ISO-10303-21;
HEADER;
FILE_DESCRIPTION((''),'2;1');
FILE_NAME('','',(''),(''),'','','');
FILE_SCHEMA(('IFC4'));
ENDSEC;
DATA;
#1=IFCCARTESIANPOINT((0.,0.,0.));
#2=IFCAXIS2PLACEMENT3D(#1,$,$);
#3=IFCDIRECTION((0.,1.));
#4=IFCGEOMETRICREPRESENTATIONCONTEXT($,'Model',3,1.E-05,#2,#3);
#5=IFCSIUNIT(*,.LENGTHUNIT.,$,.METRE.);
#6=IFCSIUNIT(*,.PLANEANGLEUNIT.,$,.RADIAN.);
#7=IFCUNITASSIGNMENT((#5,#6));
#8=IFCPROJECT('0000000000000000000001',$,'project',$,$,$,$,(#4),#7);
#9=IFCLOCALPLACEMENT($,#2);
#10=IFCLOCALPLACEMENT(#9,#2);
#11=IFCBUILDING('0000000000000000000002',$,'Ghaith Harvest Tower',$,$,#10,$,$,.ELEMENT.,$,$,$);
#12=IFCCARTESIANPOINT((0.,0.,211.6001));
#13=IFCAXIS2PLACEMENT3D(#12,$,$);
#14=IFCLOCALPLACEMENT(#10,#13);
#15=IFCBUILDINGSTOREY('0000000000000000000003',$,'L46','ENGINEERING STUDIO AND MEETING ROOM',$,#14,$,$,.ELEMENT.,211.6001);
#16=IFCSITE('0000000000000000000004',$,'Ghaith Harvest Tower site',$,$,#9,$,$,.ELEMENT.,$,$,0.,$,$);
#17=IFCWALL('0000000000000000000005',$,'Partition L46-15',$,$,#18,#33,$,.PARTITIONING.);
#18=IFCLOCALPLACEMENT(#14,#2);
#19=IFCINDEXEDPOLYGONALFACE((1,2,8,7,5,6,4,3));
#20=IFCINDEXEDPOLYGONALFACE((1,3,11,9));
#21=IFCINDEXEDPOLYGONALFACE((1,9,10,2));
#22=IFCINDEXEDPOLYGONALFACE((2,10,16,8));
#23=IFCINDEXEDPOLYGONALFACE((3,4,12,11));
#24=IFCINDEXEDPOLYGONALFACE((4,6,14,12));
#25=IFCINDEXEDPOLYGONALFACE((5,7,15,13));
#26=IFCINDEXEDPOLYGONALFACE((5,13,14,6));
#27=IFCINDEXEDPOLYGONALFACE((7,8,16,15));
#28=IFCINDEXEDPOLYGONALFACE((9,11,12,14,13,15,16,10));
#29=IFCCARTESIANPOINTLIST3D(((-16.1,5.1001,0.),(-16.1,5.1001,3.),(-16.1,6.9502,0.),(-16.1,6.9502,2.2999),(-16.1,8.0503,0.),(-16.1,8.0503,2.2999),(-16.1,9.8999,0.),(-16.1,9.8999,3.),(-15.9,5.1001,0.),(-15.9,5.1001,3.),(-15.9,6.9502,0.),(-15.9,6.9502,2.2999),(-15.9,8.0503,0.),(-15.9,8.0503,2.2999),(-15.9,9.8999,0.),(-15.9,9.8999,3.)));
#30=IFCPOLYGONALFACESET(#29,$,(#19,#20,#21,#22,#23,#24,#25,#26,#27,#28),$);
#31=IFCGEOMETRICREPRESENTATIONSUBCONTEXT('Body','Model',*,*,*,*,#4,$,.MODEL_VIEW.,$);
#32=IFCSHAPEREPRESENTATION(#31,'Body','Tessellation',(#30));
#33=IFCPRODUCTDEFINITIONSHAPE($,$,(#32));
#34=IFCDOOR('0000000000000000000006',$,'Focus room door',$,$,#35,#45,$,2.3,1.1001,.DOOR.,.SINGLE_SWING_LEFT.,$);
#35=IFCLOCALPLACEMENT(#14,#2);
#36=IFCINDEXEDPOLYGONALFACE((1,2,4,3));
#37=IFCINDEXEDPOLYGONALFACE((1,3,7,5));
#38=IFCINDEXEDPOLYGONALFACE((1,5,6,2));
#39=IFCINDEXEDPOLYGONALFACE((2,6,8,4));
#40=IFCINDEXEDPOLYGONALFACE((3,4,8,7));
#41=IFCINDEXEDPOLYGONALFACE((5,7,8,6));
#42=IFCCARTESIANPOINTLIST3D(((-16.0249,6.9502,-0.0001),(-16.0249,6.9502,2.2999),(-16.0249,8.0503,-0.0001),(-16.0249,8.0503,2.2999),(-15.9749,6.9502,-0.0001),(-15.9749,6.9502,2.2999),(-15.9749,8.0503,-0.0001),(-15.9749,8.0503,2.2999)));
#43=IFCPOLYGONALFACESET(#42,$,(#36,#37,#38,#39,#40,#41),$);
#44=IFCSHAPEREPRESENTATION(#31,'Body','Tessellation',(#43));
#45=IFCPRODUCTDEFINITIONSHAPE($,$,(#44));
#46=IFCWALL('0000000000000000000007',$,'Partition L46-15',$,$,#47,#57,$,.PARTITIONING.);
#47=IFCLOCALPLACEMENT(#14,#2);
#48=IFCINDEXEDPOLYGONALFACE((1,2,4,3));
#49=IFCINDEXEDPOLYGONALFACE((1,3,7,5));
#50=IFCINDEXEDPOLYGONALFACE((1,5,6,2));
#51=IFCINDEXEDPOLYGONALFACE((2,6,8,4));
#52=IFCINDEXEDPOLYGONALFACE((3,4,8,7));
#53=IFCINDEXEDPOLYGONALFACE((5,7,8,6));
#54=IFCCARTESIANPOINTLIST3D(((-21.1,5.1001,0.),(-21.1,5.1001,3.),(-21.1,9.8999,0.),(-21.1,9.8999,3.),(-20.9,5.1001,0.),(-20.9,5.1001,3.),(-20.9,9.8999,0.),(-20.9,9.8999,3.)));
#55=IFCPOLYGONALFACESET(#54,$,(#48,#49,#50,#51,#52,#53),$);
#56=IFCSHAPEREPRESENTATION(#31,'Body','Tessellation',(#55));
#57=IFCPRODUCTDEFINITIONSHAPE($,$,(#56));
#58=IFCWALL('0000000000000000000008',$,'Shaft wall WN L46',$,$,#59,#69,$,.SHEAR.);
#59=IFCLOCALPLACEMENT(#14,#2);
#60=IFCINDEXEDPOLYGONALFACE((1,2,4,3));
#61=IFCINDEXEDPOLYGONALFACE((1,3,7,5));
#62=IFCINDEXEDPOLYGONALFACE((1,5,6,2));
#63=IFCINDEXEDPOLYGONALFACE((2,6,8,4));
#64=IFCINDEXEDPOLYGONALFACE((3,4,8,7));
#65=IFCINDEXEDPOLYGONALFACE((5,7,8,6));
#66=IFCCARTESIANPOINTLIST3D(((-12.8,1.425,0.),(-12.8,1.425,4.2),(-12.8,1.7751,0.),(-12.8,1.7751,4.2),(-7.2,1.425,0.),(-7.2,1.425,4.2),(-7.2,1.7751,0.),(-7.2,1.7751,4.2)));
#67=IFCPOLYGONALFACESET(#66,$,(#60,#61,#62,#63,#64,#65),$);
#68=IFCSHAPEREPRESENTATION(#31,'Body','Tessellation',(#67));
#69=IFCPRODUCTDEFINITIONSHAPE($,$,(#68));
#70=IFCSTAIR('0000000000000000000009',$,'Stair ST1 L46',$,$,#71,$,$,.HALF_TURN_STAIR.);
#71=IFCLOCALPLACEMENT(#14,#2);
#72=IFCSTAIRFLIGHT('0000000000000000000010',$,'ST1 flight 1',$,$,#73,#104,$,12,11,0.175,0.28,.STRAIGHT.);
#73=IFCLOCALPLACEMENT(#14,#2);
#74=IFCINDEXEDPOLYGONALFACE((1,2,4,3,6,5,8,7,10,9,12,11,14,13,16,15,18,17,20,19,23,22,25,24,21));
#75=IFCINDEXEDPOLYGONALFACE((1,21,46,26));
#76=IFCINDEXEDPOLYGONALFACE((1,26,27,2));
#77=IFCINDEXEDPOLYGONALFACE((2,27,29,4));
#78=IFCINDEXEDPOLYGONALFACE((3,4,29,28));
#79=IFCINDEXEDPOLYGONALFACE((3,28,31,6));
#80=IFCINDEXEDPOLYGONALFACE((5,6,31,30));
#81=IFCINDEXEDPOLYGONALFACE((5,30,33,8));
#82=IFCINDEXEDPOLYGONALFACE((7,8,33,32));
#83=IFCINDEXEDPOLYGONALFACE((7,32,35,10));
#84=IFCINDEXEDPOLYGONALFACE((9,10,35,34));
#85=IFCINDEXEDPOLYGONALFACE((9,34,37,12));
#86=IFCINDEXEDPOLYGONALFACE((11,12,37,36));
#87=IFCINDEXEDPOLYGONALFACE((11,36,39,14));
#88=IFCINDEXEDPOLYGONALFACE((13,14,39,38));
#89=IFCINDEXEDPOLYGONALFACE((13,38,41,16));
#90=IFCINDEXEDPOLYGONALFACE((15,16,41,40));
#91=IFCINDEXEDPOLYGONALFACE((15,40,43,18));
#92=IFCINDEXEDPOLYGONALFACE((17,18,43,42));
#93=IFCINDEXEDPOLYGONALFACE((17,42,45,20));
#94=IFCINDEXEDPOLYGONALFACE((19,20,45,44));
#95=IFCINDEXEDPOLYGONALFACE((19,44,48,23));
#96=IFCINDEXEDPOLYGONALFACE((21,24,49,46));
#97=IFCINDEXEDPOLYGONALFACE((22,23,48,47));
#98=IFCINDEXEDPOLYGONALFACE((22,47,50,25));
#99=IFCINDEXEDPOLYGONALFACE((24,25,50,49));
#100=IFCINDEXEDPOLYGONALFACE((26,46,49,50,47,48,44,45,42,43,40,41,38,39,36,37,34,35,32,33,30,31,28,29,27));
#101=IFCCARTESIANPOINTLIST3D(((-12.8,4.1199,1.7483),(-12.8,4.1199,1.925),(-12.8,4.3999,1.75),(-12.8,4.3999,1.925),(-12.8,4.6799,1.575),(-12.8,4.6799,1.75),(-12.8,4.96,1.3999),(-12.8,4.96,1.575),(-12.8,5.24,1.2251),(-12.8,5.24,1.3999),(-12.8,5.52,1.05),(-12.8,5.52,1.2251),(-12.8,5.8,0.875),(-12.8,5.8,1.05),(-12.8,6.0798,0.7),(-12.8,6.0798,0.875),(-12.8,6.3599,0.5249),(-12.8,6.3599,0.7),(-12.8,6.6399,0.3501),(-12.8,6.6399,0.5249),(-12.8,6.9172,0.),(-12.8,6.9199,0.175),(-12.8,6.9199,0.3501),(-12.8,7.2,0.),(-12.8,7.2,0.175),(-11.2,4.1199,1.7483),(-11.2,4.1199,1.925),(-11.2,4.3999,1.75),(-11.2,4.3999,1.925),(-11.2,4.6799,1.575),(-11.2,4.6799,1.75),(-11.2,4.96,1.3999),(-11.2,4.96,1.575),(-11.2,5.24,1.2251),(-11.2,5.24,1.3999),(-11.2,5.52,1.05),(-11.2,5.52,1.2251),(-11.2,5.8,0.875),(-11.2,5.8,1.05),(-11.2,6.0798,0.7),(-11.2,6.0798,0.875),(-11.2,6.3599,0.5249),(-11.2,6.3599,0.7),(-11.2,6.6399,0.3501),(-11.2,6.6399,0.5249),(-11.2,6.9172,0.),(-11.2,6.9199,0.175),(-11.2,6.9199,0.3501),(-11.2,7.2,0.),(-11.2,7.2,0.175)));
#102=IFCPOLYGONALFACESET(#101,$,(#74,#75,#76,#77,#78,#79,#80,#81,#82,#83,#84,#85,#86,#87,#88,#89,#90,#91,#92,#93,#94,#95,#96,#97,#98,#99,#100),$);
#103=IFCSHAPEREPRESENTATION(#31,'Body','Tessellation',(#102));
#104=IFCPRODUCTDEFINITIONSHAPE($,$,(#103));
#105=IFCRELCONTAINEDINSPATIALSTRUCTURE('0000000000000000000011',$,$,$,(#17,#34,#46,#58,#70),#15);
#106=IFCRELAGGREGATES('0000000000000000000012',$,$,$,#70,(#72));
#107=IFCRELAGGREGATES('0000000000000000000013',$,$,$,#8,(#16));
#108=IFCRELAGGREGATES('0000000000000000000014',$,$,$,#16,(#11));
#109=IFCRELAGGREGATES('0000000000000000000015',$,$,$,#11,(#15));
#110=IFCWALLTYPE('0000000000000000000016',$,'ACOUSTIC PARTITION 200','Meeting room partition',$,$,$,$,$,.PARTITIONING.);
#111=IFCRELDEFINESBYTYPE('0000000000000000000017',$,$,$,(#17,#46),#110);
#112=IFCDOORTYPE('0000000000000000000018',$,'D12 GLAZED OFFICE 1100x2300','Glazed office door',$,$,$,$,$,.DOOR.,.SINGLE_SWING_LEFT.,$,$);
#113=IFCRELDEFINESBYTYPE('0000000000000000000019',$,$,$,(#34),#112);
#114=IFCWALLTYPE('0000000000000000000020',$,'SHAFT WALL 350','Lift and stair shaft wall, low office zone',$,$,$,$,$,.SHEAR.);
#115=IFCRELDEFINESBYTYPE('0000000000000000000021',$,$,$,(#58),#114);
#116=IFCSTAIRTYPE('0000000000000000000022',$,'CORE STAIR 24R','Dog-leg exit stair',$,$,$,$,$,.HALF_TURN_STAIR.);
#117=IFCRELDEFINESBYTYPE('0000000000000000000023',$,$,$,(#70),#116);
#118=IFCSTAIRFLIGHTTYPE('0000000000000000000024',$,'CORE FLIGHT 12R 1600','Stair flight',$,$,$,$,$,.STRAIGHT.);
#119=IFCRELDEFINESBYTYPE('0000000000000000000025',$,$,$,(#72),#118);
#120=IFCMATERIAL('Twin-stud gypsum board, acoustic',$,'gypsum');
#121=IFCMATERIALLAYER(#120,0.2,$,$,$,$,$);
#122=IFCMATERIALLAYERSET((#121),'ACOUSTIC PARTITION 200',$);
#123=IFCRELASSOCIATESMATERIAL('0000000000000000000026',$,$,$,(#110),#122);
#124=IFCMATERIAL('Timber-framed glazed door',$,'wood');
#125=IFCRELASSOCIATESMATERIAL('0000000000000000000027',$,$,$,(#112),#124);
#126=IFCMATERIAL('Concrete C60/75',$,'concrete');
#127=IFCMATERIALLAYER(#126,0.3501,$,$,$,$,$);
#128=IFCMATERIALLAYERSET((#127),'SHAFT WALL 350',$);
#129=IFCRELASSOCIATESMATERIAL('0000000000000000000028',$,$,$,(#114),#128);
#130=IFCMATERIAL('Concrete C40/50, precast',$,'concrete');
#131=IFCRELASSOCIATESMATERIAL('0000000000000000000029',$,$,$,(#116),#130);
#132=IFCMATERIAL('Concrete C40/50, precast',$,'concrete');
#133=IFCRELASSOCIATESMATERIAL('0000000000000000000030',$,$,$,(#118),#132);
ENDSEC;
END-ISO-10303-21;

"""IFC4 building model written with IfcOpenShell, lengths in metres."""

from ifc_helpers import new_model, si_unit, direction, frame, frame_2d, origin, place, context, subcontext, project, spatial, polyline, rectangle, outline, extrude, material, layer, layer_set, type_object, element, fill, aggregate, save


model = new_model("IFC4")

# Units and contexts
model_context = context("Model", 3, precision=1e-05, world=origin(), true_north=direction((0.0, 1.0)))
body_context = subcontext(model_context, "Body", "Model", "MODEL_VIEW")
ifc_project = project(units=[si_unit("LENGTHUNIT", "METRE"), si_unit("PLANEANGLEUNIT", "RADIAN")], contexts=[model_context])

# Site, building, storey
site_placement = place(None, origin())
site = spatial("IfcSite", under=ifc_project, at=site_placement, Name="Ghaith Harvest Tower site", CompositionType="ELEMENT", RefElevation=0.0)
building_placement = place(site_placement, origin())
building = spatial("IfcBuilding", under=site, at=building_placement, Name="Ghaith Harvest Tower", CompositionType="ELEMENT")
storey_placement = place(building_placement, frame((0.0, 0.0, 211.6001)))
storey = spatial("IfcBuildingStorey", under=building, at=storey_placement, Name="L46", Description="ENGINEERING STUDIO AND MEETING ROOM", CompositionType="ELEMENT", Elevation=211.6001)

# Shared definitions
ifc_material_1 = material(Name="Twin-stud gypsum board, acoustic", Category="gypsum")
ifc_layer_1 = layer(ifc_material_1, 0.2)
ifc_layer_set_1 = layer_set([ifc_layer_1], Name="ACOUSTIC PARTITION 200")
wall_type_1 = type_object("IfcWallType", Name="ACOUSTIC PARTITION 200", Description="Meeting room partition", PredefinedType="PARTITIONING", material=ifc_layer_set_1)

# Wall, opening, door
wall_1_placement = place(storey_placement, frame((-16.0, 5.1001, 0.0), z_axis=(0.0, 0.0, 1.0), x_axis=(0.0, 1.0, 0.0)))
wall_1 = element("IfcWall", 1, at=wall_1_placement, inside=storey, type_object=wall_type_1, Name="Partition L46-15", PredefinedType="PARTITIONING", context=body_context, shape_type="SweptSolid", body=[
    extrude(rectangle(XDim=4.7998, YDim=0.2, at=frame_2d((2.3999, 0.0))), origin(), (0.0, 0.0, 1.0), 3.0),
])
opening_placement = place(wall_1_placement, frame((1.8501, 0.0, 0.0)))
opening = element("IfcOpeningElement", 2, at=opening_placement, cuts=wall_1, PredefinedType="OPENING", context=body_context, shape_type="SweptSolid", body=[
    extrude(rectangle(XDim=1.1001, YDim=2.3, at=frame_2d((0.55, 1.1499))), frame((0.0, 0.1099, 0.0), z_axis=(0.0, -1.0, 0.0), x_axis=(1.0, 0.0, 0.0)), (0.0, 0.0, 1.0), 0.22),
])
ifc_material_2 = material(Name="Timber-framed glazed door", Category="wood")
door_type = type_object("IfcDoorType", Name="D12 GLAZED OFFICE 1100x2300", Description="Glazed office door", OperationType="SINGLE_SWING_LEFT", PredefinedType="DOOR", material=ifc_material_2)
door_placement = place(opening_placement, origin())
door = element("IfcDoor", 3, at=door_placement, inside=storey, type_object=door_type, Name="Focus room door", OperationType="SINGLE_SWING_LEFT", OverallHeight=2.3, OverallWidth=1.1001, PredefinedType="DOOR", context=body_context, shape_type="SweptSolid", body=[
    extrude(rectangle(XDim=1.1001, YDim=2.3, at=frame_2d((0.55, 1.1499))), frame((0.0, 0.0249, 0.0), z_axis=(0.0, -1.0, 0.0), x_axis=(1.0, 0.0, 0.0)), (0.0, 0.0, 1.0), 0.05),
])
fill(opening, door)

# Walls
wall_2_placement = place(storey_placement, frame((-21.0, 5.1001, 0.0), z_axis=(0.0, 0.0, 1.0), x_axis=(0.0, 1.0, 0.0)))
element("IfcWall", 4, at=wall_2_placement, inside=storey, type_object=wall_type_1, Name="Partition L46-15", PredefinedType="PARTITIONING", context=body_context, shape_type="SweptSolid", body=[
    extrude(rectangle(XDim=4.7998, YDim=0.2, at=frame_2d((2.3999, 0.0))), origin(), (0.0, 0.0, 1.0), 3.0),
])
ifc_material_3 = material(Name="Concrete C60/75", Category="concrete")
ifc_layer_2 = layer(ifc_material_3, 0.3501)
ifc_layer_set_2 = layer_set([ifc_layer_2], Name="SHAFT WALL 350")
wall_type_2 = type_object("IfcWallType", Name="SHAFT WALL 350", Description="Lift and stair shaft wall, low office zone", PredefinedType="SHEAR", material=ifc_layer_set_2)
wall_3_placement = place(storey_placement, frame((-12.8, 1.6001, 0.0), z_axis=(0.0, 0.0, 1.0), x_axis=(1.0, 0.0, 0.0)))
element("IfcWall", 5, at=wall_3_placement, inside=storey, type_object=wall_type_2, Name="Shaft wall WN L46", PredefinedType="SHEAR", context=body_context, shape_type="SweptSolid", body=[
    extrude(rectangle(XDim=5.6001, YDim=0.3501, at=frame_2d((2.8, 0.0))), origin(), (0.0, 0.0, 1.0), 4.2),
])

# Stair, stair flight
ifc_material_4 = material(Name="Concrete C40/50, precast", Category="concrete")
stair_type = type_object("IfcStairType", Name="CORE STAIR 24R", Description="Dog-leg exit stair", PredefinedType="HALF_TURN_STAIR", material=ifc_material_4)
stair_placement = place(storey_placement, origin())
stair = element("IfcStair", 6, at=stair_placement, inside=storey, type_object=stair_type, Name="Stair ST1 L46", PredefinedType="HALF_TURN_STAIR")
ifc_material_5 = material(Name="Concrete C40/50, precast", Category="concrete")
stair_flight_type = type_object("IfcStairFlightType", Name="CORE FLIGHT 12R 1600", Description="Stair flight", PredefinedType="STRAIGHT", material=ifc_material_5)
stair_flight_placement = place(storey_placement, frame((-12.0, 7.2, 0.0), z_axis=(0.0, 0.0, 1.0), x_axis=(0.0, -1.0, 0.0)))
stair_flight = element("IfcStairFlight", 7, at=stair_flight_placement, type_object=stair_flight_type, Name="ST1 flight 1", NumberOfRisers=12, NumberOfTreads=11, PredefinedType="STRAIGHT", RiserHeight=0.175, TreadLength=0.28, context=body_context, shape_type="SweptSolid", body=[
    extrude(outline(polyline([(0.0, 0.0), (0.0, 0.175), (0.28, 0.175), (0.28, 0.3501), (0.5601, 0.3501), (0.5601, 0.5249), (0.8401, 0.5249), (0.8401, 0.7), (1.1201, 0.7), (1.1201, 0.875), (1.3999, 0.875), (1.3999, 1.05), (1.6799, 1.05), (1.6799, 1.2251), (1.96, 1.2251), (1.96, 1.3999), (2.24, 1.3999), (2.24, 1.575), (2.52, 1.575), (2.52, 1.75), (2.8, 1.75), (2.8, 1.925), (3.0801, 1.925), (3.0801, 2.1001), (3.0801, 1.7483), (0.2827, 0.0), (0.0, 0.0)])), frame((0.0, 0.8, 0.0), z_axis=(0.0, -1.0, 0.0), x_axis=(1.0, 0.0, 0.0)), (0.0, 0.0, 1.0), 1.6001),
])
aggregate(stair, [stair_flight])

save(model, "model.ifc")
